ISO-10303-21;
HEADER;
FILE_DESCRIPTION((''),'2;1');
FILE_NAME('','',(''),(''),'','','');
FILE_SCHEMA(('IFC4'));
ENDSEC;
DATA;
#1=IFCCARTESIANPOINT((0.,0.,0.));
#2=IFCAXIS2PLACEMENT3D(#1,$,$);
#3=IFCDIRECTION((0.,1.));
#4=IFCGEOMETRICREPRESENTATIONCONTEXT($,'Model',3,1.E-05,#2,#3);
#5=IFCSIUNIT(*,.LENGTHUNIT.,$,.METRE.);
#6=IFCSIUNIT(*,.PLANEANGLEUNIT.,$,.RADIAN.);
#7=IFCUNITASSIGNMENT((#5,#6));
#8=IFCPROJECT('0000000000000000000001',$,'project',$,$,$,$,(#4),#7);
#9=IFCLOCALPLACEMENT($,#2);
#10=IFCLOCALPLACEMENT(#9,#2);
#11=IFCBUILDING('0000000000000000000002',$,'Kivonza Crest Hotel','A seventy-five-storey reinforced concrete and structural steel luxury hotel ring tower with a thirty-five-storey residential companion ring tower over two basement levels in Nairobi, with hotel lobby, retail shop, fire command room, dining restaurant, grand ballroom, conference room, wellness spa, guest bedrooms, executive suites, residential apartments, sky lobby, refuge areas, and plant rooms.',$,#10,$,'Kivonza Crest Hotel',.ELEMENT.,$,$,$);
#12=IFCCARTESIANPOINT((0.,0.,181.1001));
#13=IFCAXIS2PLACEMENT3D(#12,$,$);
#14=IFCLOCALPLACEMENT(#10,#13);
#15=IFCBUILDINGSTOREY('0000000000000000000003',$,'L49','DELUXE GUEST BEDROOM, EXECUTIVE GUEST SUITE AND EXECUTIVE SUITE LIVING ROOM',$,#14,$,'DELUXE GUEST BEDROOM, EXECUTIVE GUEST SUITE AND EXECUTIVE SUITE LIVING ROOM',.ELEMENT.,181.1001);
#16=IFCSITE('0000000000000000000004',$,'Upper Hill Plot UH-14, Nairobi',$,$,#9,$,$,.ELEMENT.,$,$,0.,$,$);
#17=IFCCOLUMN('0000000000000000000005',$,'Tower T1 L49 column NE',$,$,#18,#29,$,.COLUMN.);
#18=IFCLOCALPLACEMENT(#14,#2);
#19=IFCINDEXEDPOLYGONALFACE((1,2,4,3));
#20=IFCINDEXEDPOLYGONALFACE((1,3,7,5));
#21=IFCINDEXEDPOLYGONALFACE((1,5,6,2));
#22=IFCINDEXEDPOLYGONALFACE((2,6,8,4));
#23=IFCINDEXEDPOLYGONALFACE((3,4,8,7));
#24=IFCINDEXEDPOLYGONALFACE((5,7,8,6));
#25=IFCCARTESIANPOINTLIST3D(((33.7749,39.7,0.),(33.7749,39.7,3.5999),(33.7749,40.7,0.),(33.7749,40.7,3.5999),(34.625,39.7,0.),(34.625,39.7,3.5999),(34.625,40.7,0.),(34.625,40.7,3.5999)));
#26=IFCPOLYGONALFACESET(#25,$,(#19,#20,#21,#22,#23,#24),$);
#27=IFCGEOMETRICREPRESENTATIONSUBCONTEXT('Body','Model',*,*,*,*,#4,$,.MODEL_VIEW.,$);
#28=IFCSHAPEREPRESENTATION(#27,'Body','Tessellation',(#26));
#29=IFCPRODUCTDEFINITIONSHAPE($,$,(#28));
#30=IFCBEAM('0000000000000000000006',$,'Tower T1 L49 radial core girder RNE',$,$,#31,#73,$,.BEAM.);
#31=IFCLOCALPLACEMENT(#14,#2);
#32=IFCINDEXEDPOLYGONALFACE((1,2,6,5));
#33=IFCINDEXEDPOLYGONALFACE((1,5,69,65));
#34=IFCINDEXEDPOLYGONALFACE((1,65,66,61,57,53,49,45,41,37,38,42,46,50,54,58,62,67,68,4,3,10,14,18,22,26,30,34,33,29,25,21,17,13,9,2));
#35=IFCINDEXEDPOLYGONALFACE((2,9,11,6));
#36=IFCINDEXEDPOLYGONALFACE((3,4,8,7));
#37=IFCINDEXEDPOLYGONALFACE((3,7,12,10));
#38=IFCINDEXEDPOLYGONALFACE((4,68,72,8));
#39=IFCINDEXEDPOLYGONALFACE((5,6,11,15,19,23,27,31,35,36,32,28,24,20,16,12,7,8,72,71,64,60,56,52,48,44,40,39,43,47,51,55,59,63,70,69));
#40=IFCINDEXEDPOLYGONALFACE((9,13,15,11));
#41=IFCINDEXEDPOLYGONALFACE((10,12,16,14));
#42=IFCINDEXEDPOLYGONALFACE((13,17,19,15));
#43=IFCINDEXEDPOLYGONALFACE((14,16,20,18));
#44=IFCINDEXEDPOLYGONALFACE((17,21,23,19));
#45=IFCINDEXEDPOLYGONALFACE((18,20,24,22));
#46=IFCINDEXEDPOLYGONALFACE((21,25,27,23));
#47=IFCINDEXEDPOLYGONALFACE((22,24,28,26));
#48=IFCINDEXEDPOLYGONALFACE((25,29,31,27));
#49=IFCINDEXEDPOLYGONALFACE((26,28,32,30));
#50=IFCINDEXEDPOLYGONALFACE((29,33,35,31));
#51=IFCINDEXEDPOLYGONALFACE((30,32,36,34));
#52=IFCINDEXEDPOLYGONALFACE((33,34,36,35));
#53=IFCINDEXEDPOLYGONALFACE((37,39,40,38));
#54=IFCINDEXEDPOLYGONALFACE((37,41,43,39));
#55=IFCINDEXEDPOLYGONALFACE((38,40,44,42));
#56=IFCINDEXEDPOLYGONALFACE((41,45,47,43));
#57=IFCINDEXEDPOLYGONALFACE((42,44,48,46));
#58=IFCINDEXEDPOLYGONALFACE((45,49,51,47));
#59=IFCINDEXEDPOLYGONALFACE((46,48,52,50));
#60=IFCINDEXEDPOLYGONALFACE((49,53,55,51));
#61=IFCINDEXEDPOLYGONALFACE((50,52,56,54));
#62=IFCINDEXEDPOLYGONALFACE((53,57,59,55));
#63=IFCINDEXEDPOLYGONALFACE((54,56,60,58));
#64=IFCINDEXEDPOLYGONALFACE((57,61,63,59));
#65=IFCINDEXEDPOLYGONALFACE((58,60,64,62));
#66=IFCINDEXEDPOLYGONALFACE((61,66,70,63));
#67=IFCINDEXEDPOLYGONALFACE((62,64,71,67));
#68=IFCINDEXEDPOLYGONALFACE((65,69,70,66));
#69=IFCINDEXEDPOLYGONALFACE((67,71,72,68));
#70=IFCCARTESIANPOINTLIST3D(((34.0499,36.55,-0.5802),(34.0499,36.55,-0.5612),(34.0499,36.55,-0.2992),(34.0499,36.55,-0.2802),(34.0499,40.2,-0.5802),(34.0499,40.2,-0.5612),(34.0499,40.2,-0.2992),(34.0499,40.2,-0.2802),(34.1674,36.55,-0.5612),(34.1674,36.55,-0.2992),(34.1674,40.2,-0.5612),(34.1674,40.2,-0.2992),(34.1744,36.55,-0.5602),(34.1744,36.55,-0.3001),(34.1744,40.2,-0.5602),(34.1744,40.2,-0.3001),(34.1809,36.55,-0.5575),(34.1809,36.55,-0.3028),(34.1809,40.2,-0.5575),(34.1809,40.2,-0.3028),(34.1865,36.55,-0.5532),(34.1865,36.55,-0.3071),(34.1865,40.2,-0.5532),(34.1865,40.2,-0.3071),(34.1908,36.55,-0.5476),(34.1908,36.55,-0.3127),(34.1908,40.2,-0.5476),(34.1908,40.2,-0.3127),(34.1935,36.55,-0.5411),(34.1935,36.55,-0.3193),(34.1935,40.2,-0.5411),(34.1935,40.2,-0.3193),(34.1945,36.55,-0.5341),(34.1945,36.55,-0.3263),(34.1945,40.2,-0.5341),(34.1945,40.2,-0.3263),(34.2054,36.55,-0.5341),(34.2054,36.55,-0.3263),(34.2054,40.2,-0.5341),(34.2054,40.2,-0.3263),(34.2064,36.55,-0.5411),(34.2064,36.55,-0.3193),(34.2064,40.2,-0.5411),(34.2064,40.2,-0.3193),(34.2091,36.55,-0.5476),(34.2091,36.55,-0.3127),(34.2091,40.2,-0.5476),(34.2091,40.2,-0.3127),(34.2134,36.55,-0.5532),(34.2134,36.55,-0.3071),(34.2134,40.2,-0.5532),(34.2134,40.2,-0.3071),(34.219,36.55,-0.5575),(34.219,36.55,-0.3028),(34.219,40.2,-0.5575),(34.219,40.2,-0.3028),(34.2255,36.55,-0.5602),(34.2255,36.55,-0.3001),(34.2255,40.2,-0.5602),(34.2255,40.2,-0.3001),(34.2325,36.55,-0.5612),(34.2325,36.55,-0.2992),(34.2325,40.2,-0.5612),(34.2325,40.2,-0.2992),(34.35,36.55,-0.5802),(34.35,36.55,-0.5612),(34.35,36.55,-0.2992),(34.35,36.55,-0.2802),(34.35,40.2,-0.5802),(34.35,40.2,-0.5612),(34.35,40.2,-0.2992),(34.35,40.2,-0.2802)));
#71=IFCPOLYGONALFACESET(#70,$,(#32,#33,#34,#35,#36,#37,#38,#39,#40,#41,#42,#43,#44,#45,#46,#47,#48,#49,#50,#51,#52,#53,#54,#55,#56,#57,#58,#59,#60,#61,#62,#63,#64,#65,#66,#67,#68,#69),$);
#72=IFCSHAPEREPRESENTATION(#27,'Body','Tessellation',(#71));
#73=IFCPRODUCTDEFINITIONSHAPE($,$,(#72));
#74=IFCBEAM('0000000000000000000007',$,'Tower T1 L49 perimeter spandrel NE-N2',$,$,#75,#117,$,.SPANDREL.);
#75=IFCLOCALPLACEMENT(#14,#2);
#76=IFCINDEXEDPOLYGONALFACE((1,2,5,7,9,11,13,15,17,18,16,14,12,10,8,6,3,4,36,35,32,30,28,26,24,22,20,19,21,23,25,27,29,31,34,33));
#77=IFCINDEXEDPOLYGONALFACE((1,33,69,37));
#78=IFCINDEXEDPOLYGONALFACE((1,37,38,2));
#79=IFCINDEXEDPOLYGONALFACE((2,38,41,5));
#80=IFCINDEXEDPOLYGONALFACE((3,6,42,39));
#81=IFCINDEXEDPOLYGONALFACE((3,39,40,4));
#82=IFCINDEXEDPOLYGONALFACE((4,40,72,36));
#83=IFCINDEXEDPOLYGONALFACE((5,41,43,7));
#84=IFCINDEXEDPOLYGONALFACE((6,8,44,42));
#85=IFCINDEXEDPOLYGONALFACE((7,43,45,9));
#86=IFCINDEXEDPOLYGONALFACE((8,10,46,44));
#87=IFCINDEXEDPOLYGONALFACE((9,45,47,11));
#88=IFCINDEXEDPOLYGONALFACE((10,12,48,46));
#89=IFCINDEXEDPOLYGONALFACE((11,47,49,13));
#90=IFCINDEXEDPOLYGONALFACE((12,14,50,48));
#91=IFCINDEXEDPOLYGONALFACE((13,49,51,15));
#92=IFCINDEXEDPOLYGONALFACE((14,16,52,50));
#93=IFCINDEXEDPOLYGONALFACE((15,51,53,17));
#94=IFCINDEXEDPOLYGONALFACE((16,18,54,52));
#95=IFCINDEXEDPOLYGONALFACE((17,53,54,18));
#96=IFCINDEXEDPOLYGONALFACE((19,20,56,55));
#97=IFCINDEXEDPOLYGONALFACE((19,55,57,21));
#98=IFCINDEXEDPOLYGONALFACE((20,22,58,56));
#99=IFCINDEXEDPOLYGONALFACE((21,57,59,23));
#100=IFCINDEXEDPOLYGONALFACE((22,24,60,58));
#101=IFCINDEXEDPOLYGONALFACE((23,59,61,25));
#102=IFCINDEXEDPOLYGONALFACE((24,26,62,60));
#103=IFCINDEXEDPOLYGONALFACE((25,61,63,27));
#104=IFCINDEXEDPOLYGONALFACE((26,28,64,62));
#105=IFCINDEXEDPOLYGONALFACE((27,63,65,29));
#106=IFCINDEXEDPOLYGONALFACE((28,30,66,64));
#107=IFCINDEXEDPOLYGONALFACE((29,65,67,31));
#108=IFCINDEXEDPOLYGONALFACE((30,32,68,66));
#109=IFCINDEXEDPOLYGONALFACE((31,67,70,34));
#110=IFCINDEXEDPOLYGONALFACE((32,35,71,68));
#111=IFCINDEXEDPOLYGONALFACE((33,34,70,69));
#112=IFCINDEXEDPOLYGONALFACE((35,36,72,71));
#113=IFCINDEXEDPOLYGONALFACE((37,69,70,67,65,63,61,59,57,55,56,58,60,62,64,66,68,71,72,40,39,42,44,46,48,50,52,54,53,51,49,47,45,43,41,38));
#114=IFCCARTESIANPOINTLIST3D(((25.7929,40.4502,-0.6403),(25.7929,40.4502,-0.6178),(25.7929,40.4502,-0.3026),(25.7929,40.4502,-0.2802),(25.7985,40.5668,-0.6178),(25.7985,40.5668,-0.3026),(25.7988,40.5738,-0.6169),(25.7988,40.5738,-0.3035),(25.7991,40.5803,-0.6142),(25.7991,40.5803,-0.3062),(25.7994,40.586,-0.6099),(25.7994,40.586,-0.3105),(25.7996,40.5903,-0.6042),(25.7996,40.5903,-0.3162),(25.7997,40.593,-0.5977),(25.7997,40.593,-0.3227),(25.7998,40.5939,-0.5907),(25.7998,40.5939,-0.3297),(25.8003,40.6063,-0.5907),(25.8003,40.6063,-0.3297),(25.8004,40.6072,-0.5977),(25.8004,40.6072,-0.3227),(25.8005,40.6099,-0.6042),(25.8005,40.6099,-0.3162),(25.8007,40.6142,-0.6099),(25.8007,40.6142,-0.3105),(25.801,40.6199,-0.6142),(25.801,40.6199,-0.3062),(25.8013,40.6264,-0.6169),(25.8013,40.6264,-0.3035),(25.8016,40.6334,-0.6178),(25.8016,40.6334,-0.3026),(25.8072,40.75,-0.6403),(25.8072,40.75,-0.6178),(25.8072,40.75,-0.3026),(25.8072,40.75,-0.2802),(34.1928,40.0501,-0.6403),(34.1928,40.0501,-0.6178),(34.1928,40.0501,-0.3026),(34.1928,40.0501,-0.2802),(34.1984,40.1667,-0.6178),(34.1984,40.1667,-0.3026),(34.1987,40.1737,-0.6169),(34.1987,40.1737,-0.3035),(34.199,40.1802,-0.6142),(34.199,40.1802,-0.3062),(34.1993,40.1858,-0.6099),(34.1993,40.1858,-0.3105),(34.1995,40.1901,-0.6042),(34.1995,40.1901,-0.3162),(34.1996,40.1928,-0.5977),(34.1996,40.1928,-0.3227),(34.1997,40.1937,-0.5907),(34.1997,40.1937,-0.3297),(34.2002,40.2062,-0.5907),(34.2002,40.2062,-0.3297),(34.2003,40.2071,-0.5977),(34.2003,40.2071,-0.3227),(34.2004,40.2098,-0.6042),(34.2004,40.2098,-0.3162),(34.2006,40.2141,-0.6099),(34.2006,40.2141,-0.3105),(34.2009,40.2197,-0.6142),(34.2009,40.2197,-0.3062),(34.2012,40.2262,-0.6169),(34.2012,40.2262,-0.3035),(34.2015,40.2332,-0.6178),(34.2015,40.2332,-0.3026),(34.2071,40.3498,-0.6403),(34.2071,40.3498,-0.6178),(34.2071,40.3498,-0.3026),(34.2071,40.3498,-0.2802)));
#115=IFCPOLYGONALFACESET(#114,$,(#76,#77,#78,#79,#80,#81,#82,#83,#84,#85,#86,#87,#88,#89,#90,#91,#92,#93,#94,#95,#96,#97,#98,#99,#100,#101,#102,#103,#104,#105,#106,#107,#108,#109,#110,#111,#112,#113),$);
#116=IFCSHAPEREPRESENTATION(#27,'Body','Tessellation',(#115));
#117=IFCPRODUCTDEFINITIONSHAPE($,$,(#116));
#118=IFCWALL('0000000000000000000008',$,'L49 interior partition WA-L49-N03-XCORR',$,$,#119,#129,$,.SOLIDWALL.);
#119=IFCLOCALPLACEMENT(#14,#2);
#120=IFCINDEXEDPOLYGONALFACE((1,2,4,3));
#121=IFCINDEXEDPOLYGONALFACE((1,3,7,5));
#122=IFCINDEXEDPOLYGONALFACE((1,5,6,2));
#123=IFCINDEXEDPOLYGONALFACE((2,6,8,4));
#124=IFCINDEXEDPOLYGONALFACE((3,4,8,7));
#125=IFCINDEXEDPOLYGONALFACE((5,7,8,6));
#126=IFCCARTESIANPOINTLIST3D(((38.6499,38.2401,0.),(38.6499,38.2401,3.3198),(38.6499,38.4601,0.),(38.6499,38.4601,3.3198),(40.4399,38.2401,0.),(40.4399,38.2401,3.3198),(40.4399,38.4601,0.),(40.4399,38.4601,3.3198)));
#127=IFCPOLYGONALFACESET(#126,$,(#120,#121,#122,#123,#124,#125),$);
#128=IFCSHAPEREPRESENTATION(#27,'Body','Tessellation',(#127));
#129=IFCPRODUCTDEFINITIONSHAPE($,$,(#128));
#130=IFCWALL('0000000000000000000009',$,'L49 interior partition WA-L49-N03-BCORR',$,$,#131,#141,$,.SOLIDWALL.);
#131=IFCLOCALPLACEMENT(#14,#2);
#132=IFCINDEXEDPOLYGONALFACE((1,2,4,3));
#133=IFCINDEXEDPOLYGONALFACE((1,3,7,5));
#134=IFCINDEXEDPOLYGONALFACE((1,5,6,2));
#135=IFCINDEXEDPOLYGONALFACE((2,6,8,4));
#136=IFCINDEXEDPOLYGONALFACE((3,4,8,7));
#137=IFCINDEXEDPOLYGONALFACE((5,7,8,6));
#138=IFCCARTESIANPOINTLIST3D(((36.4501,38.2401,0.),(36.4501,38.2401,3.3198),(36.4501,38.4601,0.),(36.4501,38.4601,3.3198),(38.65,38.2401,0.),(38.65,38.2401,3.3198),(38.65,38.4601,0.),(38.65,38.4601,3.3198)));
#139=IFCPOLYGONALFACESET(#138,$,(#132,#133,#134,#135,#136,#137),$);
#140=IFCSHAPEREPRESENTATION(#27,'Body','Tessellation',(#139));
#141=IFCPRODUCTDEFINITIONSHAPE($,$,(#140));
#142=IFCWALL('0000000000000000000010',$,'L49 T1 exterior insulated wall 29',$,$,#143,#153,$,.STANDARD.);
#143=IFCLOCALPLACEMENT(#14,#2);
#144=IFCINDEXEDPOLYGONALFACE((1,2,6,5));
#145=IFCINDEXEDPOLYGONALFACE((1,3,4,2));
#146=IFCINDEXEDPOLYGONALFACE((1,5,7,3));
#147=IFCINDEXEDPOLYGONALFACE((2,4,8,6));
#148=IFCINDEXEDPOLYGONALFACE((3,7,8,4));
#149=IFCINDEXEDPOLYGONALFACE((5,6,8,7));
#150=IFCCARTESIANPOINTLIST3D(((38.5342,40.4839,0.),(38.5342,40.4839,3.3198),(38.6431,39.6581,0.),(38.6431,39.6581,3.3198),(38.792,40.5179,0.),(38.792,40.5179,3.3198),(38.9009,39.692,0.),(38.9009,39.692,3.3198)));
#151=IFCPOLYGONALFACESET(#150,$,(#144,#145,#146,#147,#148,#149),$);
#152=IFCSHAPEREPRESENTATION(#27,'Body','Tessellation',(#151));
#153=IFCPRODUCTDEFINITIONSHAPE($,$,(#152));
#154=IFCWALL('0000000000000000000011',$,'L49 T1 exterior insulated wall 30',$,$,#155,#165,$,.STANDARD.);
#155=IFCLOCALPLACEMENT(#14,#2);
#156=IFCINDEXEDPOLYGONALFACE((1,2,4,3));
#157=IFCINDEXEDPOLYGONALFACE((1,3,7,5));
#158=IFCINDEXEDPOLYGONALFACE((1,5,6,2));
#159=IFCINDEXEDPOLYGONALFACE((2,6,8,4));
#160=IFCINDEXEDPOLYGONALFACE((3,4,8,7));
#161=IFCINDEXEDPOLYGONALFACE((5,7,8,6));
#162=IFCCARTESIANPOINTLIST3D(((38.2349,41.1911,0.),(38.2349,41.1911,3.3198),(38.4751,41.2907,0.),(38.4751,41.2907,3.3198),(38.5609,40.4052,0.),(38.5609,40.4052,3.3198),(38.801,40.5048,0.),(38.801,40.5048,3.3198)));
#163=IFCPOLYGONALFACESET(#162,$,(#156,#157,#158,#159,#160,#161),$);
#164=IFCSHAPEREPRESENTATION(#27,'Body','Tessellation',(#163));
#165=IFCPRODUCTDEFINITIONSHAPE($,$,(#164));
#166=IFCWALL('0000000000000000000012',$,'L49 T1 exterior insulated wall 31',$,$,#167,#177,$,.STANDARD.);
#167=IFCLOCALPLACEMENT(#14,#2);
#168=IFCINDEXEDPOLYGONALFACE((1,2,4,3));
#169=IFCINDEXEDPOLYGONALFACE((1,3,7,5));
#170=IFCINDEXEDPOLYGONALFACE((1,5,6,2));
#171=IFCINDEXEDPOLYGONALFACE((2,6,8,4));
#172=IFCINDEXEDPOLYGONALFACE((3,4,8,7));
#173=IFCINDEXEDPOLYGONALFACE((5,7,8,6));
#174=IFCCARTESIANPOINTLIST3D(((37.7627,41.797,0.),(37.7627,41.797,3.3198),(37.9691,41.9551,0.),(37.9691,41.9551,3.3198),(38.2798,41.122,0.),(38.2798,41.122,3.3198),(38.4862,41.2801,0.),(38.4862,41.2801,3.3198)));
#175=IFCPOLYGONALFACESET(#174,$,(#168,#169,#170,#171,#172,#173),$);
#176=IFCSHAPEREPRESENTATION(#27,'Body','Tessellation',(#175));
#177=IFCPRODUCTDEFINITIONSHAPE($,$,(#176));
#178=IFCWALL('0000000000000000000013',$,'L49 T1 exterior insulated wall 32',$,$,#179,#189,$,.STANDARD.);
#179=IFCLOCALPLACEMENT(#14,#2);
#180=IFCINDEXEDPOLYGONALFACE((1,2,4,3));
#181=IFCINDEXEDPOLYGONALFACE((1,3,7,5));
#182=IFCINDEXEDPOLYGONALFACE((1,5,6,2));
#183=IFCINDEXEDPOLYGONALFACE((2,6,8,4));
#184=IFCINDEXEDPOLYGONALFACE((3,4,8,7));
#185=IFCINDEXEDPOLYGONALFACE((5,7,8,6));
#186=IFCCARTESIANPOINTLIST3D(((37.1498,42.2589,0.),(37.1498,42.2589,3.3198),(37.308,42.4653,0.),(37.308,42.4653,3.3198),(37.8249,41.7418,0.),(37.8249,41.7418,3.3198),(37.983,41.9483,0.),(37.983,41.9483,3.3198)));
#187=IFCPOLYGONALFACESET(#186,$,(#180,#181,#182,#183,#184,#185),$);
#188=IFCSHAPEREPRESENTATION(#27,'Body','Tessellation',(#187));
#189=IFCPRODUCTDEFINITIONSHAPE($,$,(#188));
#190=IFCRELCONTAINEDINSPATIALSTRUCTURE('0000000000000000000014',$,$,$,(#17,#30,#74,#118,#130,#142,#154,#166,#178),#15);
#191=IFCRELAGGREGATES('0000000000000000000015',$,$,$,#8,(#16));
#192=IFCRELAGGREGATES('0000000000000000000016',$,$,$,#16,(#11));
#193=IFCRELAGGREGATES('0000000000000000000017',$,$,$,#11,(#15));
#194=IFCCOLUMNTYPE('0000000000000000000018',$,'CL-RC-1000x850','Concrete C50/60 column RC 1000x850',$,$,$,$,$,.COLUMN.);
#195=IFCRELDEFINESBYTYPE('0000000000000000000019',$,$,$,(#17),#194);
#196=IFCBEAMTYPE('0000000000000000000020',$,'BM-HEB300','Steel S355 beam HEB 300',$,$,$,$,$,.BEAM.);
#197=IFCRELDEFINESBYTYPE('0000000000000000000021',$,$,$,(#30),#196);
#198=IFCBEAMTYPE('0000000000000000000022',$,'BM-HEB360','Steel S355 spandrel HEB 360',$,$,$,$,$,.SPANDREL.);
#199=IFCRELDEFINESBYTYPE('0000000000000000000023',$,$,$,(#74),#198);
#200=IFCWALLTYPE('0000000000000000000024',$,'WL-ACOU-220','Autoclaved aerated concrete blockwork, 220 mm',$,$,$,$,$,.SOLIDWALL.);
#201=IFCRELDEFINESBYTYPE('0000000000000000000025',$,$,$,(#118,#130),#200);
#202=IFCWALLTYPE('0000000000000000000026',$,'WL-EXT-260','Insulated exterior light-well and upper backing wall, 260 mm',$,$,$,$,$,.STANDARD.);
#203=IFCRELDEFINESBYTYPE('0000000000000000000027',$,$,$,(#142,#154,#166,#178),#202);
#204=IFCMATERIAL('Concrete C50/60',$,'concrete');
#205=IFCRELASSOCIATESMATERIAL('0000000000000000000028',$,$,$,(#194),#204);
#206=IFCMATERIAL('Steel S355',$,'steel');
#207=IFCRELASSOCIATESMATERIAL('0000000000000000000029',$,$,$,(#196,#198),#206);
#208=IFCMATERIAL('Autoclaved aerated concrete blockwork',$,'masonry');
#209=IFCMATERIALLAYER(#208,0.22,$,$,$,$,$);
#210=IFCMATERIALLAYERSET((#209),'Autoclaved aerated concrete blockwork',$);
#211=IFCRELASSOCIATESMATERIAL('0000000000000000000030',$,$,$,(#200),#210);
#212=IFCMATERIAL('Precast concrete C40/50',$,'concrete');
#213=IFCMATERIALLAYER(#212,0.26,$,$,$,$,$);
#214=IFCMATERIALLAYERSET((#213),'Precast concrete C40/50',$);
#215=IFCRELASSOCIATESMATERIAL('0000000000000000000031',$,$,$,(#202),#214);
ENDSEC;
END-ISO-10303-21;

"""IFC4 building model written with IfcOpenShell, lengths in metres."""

from ifc_helpers import new_model, si_unit, direction, frame, frame_2d, origin, origin_2d, place, context, subcontext, project, spatial, rectangle, i_section, extrude, material, layer, layer_set, material_profile, profile_set, type_object, element, save


model = new_model("IFC4")

# Units and contexts
model_context = context("Model", 3, precision=1e-05, world=origin(), true_north=direction((0.0, 1.0)))
body_context = subcontext(model_context, "Body", "Model", "MODEL_VIEW")
ifc_project = project(units=[si_unit("LENGTHUNIT", "METRE"), si_unit("PLANEANGLEUNIT", "RADIAN")], contexts=[model_context])

# Site, building, storey
site_placement = place(None, origin())
site = spatial("IfcSite", under=ifc_project, at=site_placement, Name="Upper Hill Plot UH-14, Nairobi", CompositionType="ELEMENT", RefElevation=0.0)
building_placement = place(site_placement, origin())
building = spatial("IfcBuilding", under=site, at=building_placement, Name="Kivonza Crest Hotel", Description="A seventy-five-storey reinforced concrete and structural steel luxury hotel ring tower with a thirty-five-storey residential companion ring tower over two basement levels in Nairobi, with hotel lobby, retail shop, fire command room, dining restaurant, grand ballroom, conference room, wellness spa, guest bedrooms, executive suites, residential apartments, sky lobby, refuge areas, and plant rooms.", LongName="Kivonza Crest Hotel", CompositionType="ELEMENT")
storey_placement = place(building_placement, frame((0.0, 0.0, 181.1001)))
storey = spatial("IfcBuildingStorey", under=building, at=storey_placement, Name="L49", Description="DELUXE GUEST BEDROOM, EXECUTIVE GUEST SUITE AND EXECUTIVE SUITE LIVING ROOM", LongName="DELUXE GUEST BEDROOM, EXECUTIVE GUEST SUITE AND EXECUTIVE SUITE LIVING ROOM", CompositionType="ELEMENT", Elevation=181.1001)

# Column
ifc_material_1 = material(Name="Concrete C50/60", Category="concrete")
ifc_material_profile_1 = material_profile(ifc_material_1, rectangle(XDim=0.8501, YDim=1.0, at=origin_2d()), Name="RC 1000x850")
ifc_profile_set_1 = profile_set([ifc_material_profile_1], Name="Concrete C50/60")
column_type = type_object("IfcColumnType", Name="CL-RC-1000x850", Description="Concrete C50/60 column RC 1000x850", PredefinedType="COLUMN", material=ifc_profile_set_1)
column_placement = place(storey_placement, frame((34.2, 40.2, 0.0), z_axis=(0.0, 0.0, 1.0), x_axis=(1.0, 0.0, 0.0)))
element("IfcColumn", 1, at=column_placement, inside=storey, type_object=column_type, Name="Tower T1 L49 column NE", PredefinedType="COLUMN", context=body_context, shape_type="SweptSolid", body=[
    extrude(rectangle(XDim=0.8501, YDim=1.0, at=origin_2d()), origin(), (0.0, 0.0, 1.0), 3.5999),
])

# Beams
ifc_material_2 = material(Name="Steel S355", Category="steel")
ifc_material_profile_2 = material_profile(ifc_material_2, i_section(OverallWidth=0.3, OverallDepth=0.3, WebThickness=0.011, FlangeThickness=0.019, FilletRadius=0.0271, at=origin_2d()), Name="HEB 300")
ifc_profile_set_2 = profile_set([ifc_material_profile_2], Name="Steel S355")
beam_type_1 = type_object("IfcBeamType", Name="BM-HEB300", Description="Steel S355 beam HEB 300", PredefinedType="BEAM", material=ifc_profile_set_2)
beam_1_placement = place(storey_placement, frame((34.2, 40.2, -0.4302), z_axis=(0.0, -1.0, 0.0), x_axis=(1.0, 0.0, 0.0)))
element("IfcBeam", 2, at=beam_1_placement, inside=storey, type_object=beam_type_1, Name="Tower T1 L49 radial core girder RNE", PredefinedType="BEAM", context=body_context, shape_type="SweptSolid", body=[
    extrude(i_section(OverallWidth=0.3, OverallDepth=0.3, WebThickness=0.011, FlangeThickness=0.019, FilletRadius=0.0271, at=origin_2d()), origin(), (0.0, 0.0, 1.0), 3.6499),
])
ifc_material_profile_3 = material_profile(ifc_material_2, i_section(OverallWidth=0.3, OverallDepth=0.3601, WebThickness=0.0125, FlangeThickness=0.0225, FilletRadius=0.0271, at=origin_2d()), Name="HEB 360")
ifc_profile_set_3 = profile_set([ifc_material_profile_3], Name="Steel S355")
beam_type_2 = type_object("IfcBeamType", Name="BM-HEB360", Description="Steel S355 spandrel HEB 360", PredefinedType="SPANDREL", material=ifc_profile_set_3)
beam_2_placement = place(storey_placement, frame((34.2, 40.2, -0.4602), z_axis=(-0.998867, 0.047583, 0.0), x_axis=(-0.047583, -0.998867, 0.0)))
element("IfcBeam", 3, at=beam_2_placement, inside=storey, type_object=beam_type_2, Name="Tower T1 L49 perimeter spandrel NE-N2", PredefinedType="SPANDREL", context=body_context, shape_type="SweptSolid", body=[
    extrude(i_section(OverallWidth=0.3, OverallDepth=0.3601, WebThickness=0.0125, FlangeThickness=0.0225, FilletRadius=0.0271, at=origin_2d()), origin(), (0.0, 0.0, 1.0), 8.4094),
])

# Walls
ifc_material_3 = material(Name="Autoclaved aerated concrete blockwork", Category="masonry")
ifc_layer_1 = layer(ifc_material_3, 0.22)
ifc_layer_set_1 = layer_set([ifc_layer_1], Name="Autoclaved aerated concrete blockwork")
wall_type_1 = type_object("IfcWallType", Name="WL-ACOU-220", Description="Autoclaved aerated concrete blockwork, 220 mm", PredefinedType="SOLIDWALL", material=ifc_layer_set_1)
wall_1_placement = place(storey_placement, frame((38.6499, 38.3501, 0.0), z_axis=(0.0, 0.0, 1.0), x_axis=(1.0, 0.0, 0.0)))
element("IfcWall", 4, at=wall_1_placement, inside=storey, type_object=wall_type_1, Name="L49 interior partition WA-L49-N03-XCORR", PredefinedType="SOLIDWALL", context=body_context, shape_type="SweptSolid", body=[
    extrude(rectangle(XDim=1.79, YDim=0.22, at=frame_2d((0.895, 0.0))), origin(), (0.0, 0.0, 1.0), 3.3198),
])
wall_2_placement = place(storey_placement, frame((36.45, 38.3501, 0.0), z_axis=(0.0, 0.0, 1.0), x_axis=(1.0, 0.0, 0.0)))
element("IfcWall", 5, at=wall_2_placement, inside=storey, type_object=wall_type_1, Name="L49 interior partition WA-L49-N03-BCORR", PredefinedType="SOLIDWALL", context=body_context, shape_type="SweptSolid", body=[
    extrude(rectangle(XDim=2.2, YDim=0.22, at=frame_2d((1.1001, 0.0))), origin(), (0.0, 0.0, 1.0), 3.3198),
])
ifc_material_4 = material(Name="Precast concrete C40/50", Category="concrete")
ifc_layer_2 = layer(ifc_material_4, 0.26)
ifc_layer_set_2 = layer_set([ifc_layer_2], Name="Precast concrete C40/50")
wall_type_2 = type_object("IfcWallType", Name="WL-EXT-260", Description="Insulated exterior light-well and upper backing wall, 260 mm", PredefinedType="STANDARD", material=ifc_layer_set_2)
wall_3_placement = place(storey_placement, frame((38.772, 39.675, 0.0), z_axis=(0.0, 0.0, 1.0), x_axis=(-0.130705, 0.991421, 0.0)))
element("IfcWall", 6, at=wall_3_placement, inside=storey, type_object=wall_type_2, Name="L49 T1 exterior insulated wall 29", PredefinedType="STANDARD", context=body_context, shape_type="SweptSolid", body=[
    extrude(rectangle(XDim=0.833, YDim=0.26, at=frame_2d((0.4165, 0.0))), origin(), (0.0, 0.0, 1.0), 3.3198),
])
wall_4_placement = place(storey_placement, frame((38.6809, 40.4551, 0.0), z_axis=(0.0, 0.0, 1.0), x_axis=(-0.383087, 0.923712, 0.0)))
element("IfcWall", 7, at=wall_4_placement, inside=storey, type_object=wall_type_2, Name="L49 T1 exterior insulated wall 30", PredefinedType="STANDARD", context=body_context, shape_type="SweptSolid", body=[
    extrude(rectangle(XDim=0.8508, YDim=0.26, at=frame_2d((0.4253, 0.0))), origin(), (0.0, 0.0, 1.0), 3.3198),
])
for number, where, z_axis, x_axis, name in (
    (8, (38.3831, 41.2009, 0.0), (0.0, 0.0, 1.0), (-0.6081, 0.79386, 0.0), "L49 T1 exterior insulated wall 31"),
    (9, (37.9041, 41.845, 0.0), (0.0, 0.0, 1.0), (-0.79386, 0.6081, 0.0), "L49 T1 exterior insulated wall 32"),
):
    element("IfcWall", number, at=place(storey_placement, frame(where, z_axis=z_axis, x_axis=x_axis)), inside=storey, type_object=wall_type_2, Name=name, PredefinedType="STANDARD", context=body_context, shape_type="SweptSolid", body=[
        extrude(rectangle(XDim=0.8503, YDim=0.26, at=frame_2d((0.4253, 0.0))), origin(), (0.0, 0.0, 1.0), 3.3198),
    ])

save(model, "model.ifc")
